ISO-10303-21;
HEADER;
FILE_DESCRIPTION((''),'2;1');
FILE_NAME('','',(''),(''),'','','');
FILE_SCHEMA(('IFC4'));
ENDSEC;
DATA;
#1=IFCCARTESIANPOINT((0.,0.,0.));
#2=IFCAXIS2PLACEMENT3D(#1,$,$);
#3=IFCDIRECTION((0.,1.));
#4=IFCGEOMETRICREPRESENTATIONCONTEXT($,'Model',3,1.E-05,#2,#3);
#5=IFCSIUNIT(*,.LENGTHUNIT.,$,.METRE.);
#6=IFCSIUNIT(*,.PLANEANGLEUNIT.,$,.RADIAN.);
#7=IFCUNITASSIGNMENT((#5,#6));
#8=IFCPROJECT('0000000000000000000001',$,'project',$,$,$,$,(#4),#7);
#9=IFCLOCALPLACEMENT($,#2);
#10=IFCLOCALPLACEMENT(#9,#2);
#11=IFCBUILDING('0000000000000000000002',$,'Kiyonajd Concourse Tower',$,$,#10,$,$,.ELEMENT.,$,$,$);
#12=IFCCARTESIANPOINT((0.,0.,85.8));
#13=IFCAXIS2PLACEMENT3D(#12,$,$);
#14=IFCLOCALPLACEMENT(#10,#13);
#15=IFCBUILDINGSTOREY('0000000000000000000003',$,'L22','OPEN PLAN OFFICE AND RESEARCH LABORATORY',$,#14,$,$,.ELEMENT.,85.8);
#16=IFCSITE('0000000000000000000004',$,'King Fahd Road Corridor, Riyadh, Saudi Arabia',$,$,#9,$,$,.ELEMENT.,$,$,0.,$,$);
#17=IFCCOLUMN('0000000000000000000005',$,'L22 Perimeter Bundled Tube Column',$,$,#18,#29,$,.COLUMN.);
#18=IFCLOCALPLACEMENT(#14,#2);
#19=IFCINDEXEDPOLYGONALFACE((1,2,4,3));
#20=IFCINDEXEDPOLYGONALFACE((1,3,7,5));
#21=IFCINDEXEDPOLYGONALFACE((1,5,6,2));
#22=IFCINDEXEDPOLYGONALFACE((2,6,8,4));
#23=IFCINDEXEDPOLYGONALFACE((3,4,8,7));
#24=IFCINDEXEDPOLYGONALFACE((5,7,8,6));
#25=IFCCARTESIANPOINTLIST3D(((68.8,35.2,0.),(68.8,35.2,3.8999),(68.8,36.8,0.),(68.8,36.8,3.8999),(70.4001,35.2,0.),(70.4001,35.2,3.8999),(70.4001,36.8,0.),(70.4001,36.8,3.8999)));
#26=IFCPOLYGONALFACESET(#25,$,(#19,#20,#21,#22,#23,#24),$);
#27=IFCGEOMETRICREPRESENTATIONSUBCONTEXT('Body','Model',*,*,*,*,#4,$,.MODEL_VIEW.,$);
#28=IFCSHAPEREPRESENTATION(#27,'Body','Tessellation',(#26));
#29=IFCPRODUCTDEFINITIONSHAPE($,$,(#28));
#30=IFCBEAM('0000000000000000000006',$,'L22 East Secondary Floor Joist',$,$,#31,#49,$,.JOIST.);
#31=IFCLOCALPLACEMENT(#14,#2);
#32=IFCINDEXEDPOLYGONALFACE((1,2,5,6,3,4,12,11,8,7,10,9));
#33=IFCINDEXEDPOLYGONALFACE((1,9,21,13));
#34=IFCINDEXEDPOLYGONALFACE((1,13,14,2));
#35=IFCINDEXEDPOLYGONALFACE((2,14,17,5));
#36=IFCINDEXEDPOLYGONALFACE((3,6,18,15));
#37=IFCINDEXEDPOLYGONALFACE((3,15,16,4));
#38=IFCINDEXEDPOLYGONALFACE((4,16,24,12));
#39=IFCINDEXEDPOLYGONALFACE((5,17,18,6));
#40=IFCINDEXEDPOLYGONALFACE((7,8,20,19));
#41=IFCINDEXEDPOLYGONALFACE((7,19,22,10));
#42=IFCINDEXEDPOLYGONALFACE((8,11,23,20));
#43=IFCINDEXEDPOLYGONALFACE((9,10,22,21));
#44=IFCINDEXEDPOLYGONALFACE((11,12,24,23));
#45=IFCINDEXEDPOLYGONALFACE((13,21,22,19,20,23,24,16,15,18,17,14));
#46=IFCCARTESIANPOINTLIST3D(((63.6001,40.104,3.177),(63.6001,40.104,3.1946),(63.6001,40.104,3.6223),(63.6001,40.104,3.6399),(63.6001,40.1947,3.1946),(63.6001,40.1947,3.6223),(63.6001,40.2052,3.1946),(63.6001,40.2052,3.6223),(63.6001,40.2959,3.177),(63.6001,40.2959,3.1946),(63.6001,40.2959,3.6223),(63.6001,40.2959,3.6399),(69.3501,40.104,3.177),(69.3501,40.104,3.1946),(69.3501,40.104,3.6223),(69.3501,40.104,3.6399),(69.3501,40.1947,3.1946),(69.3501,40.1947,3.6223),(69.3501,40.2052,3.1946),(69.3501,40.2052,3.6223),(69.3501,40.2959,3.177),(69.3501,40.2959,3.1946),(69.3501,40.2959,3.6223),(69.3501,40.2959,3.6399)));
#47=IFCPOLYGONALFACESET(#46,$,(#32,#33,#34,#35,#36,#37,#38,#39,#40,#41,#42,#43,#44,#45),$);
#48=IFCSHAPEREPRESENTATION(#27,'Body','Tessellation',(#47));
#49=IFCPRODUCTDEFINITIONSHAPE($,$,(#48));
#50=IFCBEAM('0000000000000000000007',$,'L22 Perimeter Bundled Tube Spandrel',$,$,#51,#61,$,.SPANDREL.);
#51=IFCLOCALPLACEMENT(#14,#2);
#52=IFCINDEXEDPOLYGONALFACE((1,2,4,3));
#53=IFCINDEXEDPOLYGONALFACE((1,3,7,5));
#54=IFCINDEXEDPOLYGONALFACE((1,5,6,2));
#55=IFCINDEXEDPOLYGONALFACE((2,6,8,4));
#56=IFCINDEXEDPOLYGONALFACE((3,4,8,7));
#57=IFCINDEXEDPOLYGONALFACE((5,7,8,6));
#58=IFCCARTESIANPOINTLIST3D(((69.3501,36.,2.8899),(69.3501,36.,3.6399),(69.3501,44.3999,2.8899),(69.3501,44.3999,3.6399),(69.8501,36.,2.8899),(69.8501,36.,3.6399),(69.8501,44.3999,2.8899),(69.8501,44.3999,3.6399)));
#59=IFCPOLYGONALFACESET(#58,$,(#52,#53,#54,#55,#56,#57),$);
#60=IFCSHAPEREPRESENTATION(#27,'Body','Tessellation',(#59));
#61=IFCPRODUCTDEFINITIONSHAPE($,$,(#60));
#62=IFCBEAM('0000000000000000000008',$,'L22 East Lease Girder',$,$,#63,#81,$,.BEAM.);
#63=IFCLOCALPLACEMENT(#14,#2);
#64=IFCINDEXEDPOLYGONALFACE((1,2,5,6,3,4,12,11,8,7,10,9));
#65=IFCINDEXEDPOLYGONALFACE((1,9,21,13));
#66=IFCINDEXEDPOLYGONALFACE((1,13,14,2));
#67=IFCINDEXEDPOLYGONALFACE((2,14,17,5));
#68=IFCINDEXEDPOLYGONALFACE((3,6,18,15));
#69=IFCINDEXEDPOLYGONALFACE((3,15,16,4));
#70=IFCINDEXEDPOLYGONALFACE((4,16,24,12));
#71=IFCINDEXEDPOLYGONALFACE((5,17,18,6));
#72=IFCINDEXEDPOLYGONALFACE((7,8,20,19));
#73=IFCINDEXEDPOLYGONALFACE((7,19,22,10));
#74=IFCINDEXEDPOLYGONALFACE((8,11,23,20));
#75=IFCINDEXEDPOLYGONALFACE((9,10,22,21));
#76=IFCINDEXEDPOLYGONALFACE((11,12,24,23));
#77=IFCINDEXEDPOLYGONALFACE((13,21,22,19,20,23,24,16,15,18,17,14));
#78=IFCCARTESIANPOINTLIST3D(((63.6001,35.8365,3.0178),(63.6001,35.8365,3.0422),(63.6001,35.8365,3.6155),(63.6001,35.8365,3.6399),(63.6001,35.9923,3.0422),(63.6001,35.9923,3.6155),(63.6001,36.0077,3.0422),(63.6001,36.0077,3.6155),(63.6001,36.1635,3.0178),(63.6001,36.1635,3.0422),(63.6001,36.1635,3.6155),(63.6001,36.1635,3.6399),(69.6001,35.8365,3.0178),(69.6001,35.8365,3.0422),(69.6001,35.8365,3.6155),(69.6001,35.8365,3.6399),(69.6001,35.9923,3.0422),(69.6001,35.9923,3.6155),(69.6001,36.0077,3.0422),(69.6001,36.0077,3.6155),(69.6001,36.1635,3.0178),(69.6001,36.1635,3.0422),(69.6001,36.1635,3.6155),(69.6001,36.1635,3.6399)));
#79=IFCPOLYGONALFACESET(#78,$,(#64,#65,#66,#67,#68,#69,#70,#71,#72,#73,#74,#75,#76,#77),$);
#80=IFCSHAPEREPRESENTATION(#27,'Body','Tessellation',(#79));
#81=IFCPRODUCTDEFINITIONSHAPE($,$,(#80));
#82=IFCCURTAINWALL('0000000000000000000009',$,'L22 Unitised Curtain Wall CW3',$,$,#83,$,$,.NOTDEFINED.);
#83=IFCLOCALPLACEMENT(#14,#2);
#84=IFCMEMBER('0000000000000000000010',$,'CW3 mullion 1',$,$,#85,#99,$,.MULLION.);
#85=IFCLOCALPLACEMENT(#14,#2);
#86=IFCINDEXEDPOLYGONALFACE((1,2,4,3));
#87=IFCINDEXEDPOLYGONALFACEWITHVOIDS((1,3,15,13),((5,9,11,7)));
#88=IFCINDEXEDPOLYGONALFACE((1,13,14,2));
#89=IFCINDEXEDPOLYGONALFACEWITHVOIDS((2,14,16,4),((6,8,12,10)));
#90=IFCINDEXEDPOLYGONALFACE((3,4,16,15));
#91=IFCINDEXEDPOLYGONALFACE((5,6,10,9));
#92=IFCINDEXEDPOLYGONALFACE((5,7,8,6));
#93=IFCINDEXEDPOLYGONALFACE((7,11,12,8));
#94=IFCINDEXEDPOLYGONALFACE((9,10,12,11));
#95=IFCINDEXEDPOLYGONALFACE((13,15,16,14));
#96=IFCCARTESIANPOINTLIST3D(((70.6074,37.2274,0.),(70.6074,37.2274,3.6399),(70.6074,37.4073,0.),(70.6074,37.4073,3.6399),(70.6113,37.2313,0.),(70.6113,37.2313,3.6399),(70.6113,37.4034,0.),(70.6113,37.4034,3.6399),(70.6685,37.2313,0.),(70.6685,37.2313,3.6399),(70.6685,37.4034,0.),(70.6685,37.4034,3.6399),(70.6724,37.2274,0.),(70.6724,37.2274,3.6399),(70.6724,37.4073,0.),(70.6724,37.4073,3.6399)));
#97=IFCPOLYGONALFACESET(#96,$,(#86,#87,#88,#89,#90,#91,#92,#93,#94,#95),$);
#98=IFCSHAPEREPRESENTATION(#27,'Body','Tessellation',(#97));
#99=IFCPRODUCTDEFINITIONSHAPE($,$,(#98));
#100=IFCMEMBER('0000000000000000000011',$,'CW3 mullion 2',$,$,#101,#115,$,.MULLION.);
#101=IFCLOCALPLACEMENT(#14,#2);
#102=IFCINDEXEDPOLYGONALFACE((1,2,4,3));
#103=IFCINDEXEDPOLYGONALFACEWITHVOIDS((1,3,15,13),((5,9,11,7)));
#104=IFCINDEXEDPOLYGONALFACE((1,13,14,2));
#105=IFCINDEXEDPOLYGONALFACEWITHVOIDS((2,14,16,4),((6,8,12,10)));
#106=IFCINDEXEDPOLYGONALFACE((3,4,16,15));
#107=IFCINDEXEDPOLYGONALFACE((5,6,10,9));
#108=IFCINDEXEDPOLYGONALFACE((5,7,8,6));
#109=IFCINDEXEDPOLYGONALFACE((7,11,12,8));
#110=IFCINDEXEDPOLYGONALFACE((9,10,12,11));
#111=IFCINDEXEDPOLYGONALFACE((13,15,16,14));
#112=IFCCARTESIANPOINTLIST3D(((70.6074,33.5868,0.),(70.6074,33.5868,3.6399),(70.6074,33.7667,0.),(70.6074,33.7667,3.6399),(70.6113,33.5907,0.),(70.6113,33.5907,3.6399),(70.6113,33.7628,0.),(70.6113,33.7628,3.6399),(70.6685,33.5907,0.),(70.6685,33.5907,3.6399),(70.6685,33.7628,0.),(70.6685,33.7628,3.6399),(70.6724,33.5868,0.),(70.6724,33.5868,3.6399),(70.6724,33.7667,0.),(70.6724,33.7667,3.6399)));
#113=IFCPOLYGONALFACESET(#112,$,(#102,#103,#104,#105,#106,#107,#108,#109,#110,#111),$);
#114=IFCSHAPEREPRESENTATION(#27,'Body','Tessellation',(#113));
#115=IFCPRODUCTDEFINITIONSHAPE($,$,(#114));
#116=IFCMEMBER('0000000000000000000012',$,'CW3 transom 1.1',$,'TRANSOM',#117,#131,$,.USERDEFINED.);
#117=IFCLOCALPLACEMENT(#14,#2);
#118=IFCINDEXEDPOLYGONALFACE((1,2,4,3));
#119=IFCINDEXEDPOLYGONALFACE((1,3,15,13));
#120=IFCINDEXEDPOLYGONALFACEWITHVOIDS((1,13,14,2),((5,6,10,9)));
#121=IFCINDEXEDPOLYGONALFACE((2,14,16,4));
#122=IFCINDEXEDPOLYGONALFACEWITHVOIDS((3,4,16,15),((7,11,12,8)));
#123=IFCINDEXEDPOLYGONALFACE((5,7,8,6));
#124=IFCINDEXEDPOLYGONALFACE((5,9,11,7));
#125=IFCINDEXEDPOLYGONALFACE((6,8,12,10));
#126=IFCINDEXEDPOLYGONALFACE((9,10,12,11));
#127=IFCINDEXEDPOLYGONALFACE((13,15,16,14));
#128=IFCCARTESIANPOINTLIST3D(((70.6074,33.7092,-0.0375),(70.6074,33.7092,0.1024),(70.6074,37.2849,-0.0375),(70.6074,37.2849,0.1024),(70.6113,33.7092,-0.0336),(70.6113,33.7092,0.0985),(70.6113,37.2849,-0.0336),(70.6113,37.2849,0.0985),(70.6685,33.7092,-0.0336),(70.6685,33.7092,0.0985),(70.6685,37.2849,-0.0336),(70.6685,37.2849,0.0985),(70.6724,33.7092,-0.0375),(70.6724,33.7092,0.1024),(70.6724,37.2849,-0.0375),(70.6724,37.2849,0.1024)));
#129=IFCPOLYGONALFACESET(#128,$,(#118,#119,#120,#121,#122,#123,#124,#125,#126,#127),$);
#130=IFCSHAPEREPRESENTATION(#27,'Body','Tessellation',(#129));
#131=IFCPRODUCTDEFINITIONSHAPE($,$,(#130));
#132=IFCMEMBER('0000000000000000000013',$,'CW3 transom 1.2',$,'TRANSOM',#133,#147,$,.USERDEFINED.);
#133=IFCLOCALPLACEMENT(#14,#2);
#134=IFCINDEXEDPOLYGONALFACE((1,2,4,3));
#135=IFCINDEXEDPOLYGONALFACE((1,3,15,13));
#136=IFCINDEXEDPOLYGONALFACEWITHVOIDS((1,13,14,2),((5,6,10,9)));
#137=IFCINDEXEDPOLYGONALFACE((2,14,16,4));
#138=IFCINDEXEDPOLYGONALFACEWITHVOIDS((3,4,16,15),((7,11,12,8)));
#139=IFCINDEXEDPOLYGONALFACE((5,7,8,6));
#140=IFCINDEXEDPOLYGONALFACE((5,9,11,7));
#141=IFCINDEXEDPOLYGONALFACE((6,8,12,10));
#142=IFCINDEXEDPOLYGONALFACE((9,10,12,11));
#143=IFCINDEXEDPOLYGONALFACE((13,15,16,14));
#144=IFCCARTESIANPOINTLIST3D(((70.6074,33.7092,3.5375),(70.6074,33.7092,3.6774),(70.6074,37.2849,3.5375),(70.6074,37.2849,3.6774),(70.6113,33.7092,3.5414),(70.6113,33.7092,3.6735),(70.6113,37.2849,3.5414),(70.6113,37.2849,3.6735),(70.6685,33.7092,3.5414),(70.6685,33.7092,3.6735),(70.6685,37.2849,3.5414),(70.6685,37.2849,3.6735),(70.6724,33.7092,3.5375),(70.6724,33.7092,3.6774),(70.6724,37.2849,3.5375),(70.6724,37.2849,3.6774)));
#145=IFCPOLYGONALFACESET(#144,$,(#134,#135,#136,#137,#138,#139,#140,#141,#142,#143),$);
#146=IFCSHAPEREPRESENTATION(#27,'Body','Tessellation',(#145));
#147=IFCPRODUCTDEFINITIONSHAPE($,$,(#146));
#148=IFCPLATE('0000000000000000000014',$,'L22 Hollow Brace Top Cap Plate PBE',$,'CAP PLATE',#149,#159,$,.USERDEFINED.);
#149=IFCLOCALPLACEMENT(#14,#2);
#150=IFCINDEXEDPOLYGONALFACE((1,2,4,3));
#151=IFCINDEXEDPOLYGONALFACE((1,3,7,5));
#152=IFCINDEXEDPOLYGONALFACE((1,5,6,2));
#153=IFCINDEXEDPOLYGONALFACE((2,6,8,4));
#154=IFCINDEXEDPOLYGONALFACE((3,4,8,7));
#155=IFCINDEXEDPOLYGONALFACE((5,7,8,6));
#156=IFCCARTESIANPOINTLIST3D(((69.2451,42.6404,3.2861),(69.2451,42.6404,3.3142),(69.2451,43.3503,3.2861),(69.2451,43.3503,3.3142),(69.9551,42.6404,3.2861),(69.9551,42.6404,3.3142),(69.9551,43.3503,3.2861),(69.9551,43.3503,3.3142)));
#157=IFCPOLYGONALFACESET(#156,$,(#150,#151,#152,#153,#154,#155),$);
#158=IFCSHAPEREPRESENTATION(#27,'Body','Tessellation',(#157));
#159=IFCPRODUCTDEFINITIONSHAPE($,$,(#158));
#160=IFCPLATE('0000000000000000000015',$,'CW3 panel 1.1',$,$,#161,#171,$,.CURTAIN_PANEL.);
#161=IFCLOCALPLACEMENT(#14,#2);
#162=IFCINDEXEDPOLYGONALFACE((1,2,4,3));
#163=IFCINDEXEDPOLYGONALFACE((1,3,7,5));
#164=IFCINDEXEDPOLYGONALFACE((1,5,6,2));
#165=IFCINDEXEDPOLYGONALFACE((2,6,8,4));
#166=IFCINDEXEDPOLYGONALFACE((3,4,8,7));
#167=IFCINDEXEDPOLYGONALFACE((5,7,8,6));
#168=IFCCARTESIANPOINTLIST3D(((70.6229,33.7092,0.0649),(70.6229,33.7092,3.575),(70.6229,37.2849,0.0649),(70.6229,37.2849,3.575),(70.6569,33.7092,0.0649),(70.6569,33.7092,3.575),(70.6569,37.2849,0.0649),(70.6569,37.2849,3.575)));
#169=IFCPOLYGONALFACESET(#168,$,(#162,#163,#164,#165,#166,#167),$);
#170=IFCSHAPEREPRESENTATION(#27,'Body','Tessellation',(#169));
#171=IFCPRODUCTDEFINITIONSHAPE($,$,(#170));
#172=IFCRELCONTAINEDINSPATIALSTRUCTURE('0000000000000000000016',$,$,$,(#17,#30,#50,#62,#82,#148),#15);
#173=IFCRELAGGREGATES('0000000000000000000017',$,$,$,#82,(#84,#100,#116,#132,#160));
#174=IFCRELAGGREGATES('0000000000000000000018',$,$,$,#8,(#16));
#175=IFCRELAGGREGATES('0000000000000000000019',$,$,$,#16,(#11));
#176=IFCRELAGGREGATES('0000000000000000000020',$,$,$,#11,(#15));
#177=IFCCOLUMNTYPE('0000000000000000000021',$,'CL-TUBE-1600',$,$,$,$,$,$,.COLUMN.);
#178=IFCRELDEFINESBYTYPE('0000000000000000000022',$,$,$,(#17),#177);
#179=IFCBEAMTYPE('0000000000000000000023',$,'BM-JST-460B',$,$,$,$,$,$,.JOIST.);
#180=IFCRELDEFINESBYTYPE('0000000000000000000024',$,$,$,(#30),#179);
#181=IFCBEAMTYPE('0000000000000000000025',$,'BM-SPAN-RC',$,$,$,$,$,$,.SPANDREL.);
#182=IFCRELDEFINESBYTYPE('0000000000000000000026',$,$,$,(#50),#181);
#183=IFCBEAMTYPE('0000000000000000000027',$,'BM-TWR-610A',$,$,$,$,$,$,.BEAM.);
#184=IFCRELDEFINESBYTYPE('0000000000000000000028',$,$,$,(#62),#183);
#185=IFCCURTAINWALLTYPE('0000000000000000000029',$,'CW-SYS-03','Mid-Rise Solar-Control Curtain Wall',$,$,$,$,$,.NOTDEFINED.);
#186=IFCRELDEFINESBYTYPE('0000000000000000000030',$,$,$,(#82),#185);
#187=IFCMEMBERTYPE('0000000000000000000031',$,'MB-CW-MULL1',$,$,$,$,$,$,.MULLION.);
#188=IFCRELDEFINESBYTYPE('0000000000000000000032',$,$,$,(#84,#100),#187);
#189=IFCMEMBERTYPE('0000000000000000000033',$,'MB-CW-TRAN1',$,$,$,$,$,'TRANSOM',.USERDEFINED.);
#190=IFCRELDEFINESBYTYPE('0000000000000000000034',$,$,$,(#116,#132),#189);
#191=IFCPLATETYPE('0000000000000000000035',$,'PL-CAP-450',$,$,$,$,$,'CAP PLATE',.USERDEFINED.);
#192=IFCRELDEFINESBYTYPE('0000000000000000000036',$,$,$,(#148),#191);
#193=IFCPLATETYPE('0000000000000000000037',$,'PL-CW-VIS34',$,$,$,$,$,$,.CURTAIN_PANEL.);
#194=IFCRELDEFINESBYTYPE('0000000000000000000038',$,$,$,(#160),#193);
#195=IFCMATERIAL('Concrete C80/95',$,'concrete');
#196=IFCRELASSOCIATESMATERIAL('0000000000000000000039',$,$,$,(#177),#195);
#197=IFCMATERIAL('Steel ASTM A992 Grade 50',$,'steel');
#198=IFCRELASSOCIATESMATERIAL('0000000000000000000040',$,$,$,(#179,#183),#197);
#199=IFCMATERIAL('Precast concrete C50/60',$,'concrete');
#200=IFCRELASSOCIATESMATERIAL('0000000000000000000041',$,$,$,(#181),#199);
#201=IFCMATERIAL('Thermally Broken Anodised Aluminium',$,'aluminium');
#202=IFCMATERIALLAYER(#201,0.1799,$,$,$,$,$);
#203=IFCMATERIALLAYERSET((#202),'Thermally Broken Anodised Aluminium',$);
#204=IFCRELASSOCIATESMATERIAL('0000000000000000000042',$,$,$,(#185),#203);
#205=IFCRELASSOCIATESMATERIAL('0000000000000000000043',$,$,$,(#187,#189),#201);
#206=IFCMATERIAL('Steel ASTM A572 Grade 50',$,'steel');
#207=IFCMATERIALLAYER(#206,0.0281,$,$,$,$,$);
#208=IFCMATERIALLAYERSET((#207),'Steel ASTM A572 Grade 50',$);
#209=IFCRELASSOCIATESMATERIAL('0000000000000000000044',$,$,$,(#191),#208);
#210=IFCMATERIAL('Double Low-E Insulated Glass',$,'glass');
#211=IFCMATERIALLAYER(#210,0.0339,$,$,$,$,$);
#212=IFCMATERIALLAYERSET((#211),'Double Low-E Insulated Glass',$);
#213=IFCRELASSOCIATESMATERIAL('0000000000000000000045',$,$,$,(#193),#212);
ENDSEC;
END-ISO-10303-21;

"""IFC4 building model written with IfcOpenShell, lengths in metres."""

from ifc_helpers import new_model, si_unit, direction, frame, origin, origin_2d, place, context, subcontext, project, spatial, rectangle, hollow_rectangle, i_section, extrude, material, layer, layer_set, material_profile, profile_set, type_object, element, aggregate, save


model = new_model("IFC4")

# Units and contexts
model_context = context("Model", 3, precision=1e-05, world=origin(), true_north=direction((0.0, 1.0)))
body_context = subcontext(model_context, "Body", "Model", "MODEL_VIEW")
ifc_project = project(units=[si_unit("LENGTHUNIT", "METRE"), si_unit("PLANEANGLEUNIT", "RADIAN")], contexts=[model_context])

# Site, building, storey
site_placement = place(None, origin())
site = spatial("IfcSite", under=ifc_project, at=site_placement, Name="King Fahd Road Corridor, Riyadh, Saudi Arabia", CompositionType="ELEMENT", RefElevation=0.0)
building_placement = place(site_placement, origin())
building = spatial("IfcBuilding", under=site, at=building_placement, Name="Kiyonajd Concourse Tower", CompositionType="ELEMENT")
storey_placement = place(building_placement, frame((0.0, 0.0, 85.8)))
storey = spatial("IfcBuildingStorey", under=building, at=storey_placement, Name="L22", Description="OPEN PLAN OFFICE AND RESEARCH LABORATORY", CompositionType="ELEMENT", Elevation=85.8)

# Column
ifc_material_1 = material(Name="Concrete C80/95", Category="concrete")
ifc_material_profile_1 = material_profile(ifc_material_1, rectangle(XDim=1.6001, YDim=1.6001, at=origin_2d()), Name="RC-1600x1600")
ifc_profile_set_1 = profile_set([ifc_material_profile_1], Name="Concrete C80/95")
column_type = type_object("IfcColumnType", Name="CL-TUBE-1600", PredefinedType="COLUMN", material=ifc_profile_set_1)
column_placement = place(storey_placement, frame((69.6001, 36.0, 0.0), z_axis=(0.0, 0.0, 1.0), x_axis=(1.0, 0.0, 0.0)))
element("IfcColumn", 1, at=column_placement, inside=storey, type_object=column_type, Name="L22 Perimeter Bundled Tube Column", PredefinedType="COLUMN", context=body_context, shape_type="SweptSolid", body=[
    extrude(rectangle(XDim=1.6001, YDim=1.6001, at=origin_2d()), origin(), (0.0, 0.0, 1.0), 3.8999),
])

# Beams
ifc_material_2 = material(Name="Steel ASTM A992 Grade 50", Category="steel")
ifc_material_profile_2 = material_profile(ifc_material_2, i_section(OverallWidth=0.1919, OverallDepth=0.4629, WebThickness=0.0105, FlangeThickness=0.0176, at=origin_2d()), Name="W460X89")
ifc_profile_set_2 = profile_set([ifc_material_profile_2], Name="Steel ASTM A992 Grade 50")
beam_type_1 = type_object("IfcBeamType", Name="BM-JST-460B", PredefinedType="JOIST", material=ifc_profile_set_2)
beam_1_placement = place(storey_placement, frame((63.6001, 40.2, 3.4084), z_axis=(1.0, 0.0, 0.0), x_axis=(0.0, 1.0, 0.0)))
element("IfcBeam", 2, at=beam_1_placement, inside=storey, type_object=beam_type_1, Name="L22 East Secondary Floor Joist", PredefinedType="JOIST", context=body_context, shape_type="SweptSolid", body=[
    extrude(i_section(OverallWidth=0.1919, OverallDepth=0.4629, WebThickness=0.0105, FlangeThickness=0.0176, at=origin_2d()), origin(), (0.0, 0.0, 1.0), 5.75),
])
ifc_material_3 = material(Name="Precast concrete C50/60", Category="concrete")
ifc_material_profile_3 = material_profile(ifc_material_3, rectangle(XDim=0.5, YDim=0.75, at=origin_2d()), Name="RCBM-500x750")
ifc_profile_set_3 = profile_set([ifc_material_profile_3], Name="Precast concrete C50/60")
beam_type_2 = type_object("IfcBeamType", Name="BM-SPAN-RC", PredefinedType="SPANDREL", material=ifc_profile_set_3)
beam_2_placement = place(storey_placement, frame((69.6001, 36.0, 3.2649), z_axis=(0.0, 1.0, 0.0), x_axis=(-1.0, 0.0, 0.0)))
element("IfcBeam", 3, at=beam_2_placement, inside=storey, type_object=beam_type_2, Name="L22 Perimeter Bundled Tube Spandrel", PredefinedType="SPANDREL", context=body_context, shape_type="SweptSolid", body=[
    extrude(rectangle(XDim=0.5, YDim=0.75, at=origin_2d()), origin(), (0.0, 0.0, 1.0), 8.3999),
])
ifc_material_profile_4 = material_profile(ifc_material_2, i_section(OverallWidth=0.3269, OverallDepth=0.6221, WebThickness=0.0154, FlangeThickness=0.0244, at=origin_2d()), Name="W610X195")
ifc_profile_set_4 = profile_set([ifc_material_profile_4], Name="Steel ASTM A992 Grade 50")
beam_type_3 = type_object("IfcBeamType", Name="BM-TWR-610A", PredefinedType="BEAM", material=ifc_profile_set_4)
beam_3_placement = place(storey_placement, frame((63.6001, 36.0, 3.3289), z_axis=(1.0, 0.0, 0.0), x_axis=(0.0, 1.0, 0.0)))
element("IfcBeam", 4, at=beam_3_placement, inside=storey, type_object=beam_type_3, Name="L22 East Lease Girder", PredefinedType="BEAM", context=body_context, shape_type="SweptSolid", body=[
    extrude(i_section(OverallWidth=0.3269, OverallDepth=0.6221, WebThickness=0.0154, FlangeThickness=0.0244, at=origin_2d()), origin(), (0.0, 0.0, 1.0), 6.0),
])

# Curtain wall, members
ifc_material_4 = material(Name="Thermally Broken Anodised Aluminium", Category="aluminium")
ifc_layer_1 = layer(ifc_material_4, 0.1799)
ifc_layer_set_1 = layer_set([ifc_layer_1], Name="Thermally Broken Anodised Aluminium")
curtain_wall_type = type_object("IfcCurtainWallType", Name="CW-SYS-03", Description="Mid-Rise Solar-Control Curtain Wall", PredefinedType="NOTDEFINED", material=ifc_layer_set_1)
curtain_wall_placement = place(storey_placement, origin())
curtain_wall = element("IfcCurtainWall", 5, at=curtain_wall_placement, inside=storey, type_object=curtain_wall_type, Name="L22 Unitised Curtain Wall CW3", PredefinedType="NOTDEFINED")
ifc_material_profile_5 = material_profile(ifc_material_4, hollow_rectangle(XDim=0.0649, YDim=0.1799, WallThickness=0.0039, at=origin_2d()), Name="MULL-65x180")
ifc_profile_set_5 = profile_set([ifc_material_profile_5], Name="Thermally Broken Anodised Aluminium")
member_type_1 = type_object("IfcMemberType", Name="MB-CW-MULL1", PredefinedType="MULLION", material=ifc_profile_set_5)
member_1_placement = place(storey_placement, frame((70.6399, 37.3174, 0.0), z_axis=(0.0, 0.0, 1.0), x_axis=(1.0, 0.0, 0.0)))
member_1 = element("IfcMember", 6, at=member_1_placement, type_object=member_type_1, Name="CW3 mullion 1", PredefinedType="MULLION", context=body_context, shape_type="SweptSolid", body=[
    extrude(hollow_rectangle(XDim=0.0649, YDim=0.1799, WallThickness=0.0039, at=origin_2d()), origin(), (0.0, 0.0, 1.0), 3.6399),
])
member_2_placement = place(storey_placement, frame((70.6399, 33.6768, 0.0), z_axis=(0.0, 0.0, 1.0), x_axis=(1.0, 0.0, 0.0)))
member_2 = element("IfcMember", 7, at=member_2_placement, type_object=member_type_1, Name="CW3 mullion 2", PredefinedType="MULLION", context=body_context, shape_type="SweptSolid", body=[
    extrude(hollow_rectangle(XDim=0.0649, YDim=0.1799, WallThickness=0.0039, at=origin_2d()), origin(), (0.0, 0.0, 1.0), 3.6399),
])
ifc_material_profile_6 = material_profile(ifc_material_4, hollow_rectangle(XDim=0.0649, YDim=0.1399, WallThickness=0.0039, at=origin_2d()), Name="TRAN-65x140")
ifc_profile_set_6 = profile_set([ifc_material_profile_6], Name="Thermally Broken Anodised Aluminium")
member_type_2 = type_object("IfcMemberType", Name="MB-CW-TRAN1", ElementType="TRANSOM", PredefinedType="USERDEFINED", material=ifc_profile_set_6)
member_3_placement = place(storey_placement, frame((70.6399, 37.2849, 0.0325), z_axis=(0.0, -1.0, 0.0), x_axis=(1.0, 0.0, 0.0)))
member_3 = element("IfcMember", 8, at=member_3_placement, type_object=member_type_2, Name="CW3 transom 1.1", ObjectType="TRANSOM", PredefinedType="USERDEFINED", context=body_context, shape_type="SweptSolid", body=[
    extrude(hollow_rectangle(XDim=0.0649, YDim=0.1399, WallThickness=0.0039, at=origin_2d()), origin(), (0.0, 0.0, 1.0), 3.5757),
])
member_4_placement = place(storey_placement, frame((70.6399, 37.2849, 3.6074), z_axis=(0.0, -1.0, 0.0), x_axis=(1.0, 0.0, 0.0)))
member_4 = element("IfcMember", 9, at=member_4_placement, type_object=member_type_2, Name="CW3 transom 1.2", ObjectType="TRANSOM", PredefinedType="USERDEFINED", context=body_context, shape_type="SweptSolid", body=[
    extrude(hollow_rectangle(XDim=0.0649, YDim=0.1399, WallThickness=0.0039, at=origin_2d()), origin(), (0.0, 0.0, 1.0), 3.5757),
])

# Plates
ifc_material_5 = material(Name="Steel ASTM A572 Grade 50", Category="steel")
ifc_layer_2 = layer(ifc_material_5, 0.0281)
ifc_layer_set_2 = layer_set([ifc_layer_2], Name="Steel ASTM A572 Grade 50")
plate_type_1 = type_object("IfcPlateType", Name="PL-CAP-450", ElementType="CAP PLATE", PredefinedType="USERDEFINED", material=ifc_layer_set_2)
plate_1_placement = place(storey_placement, frame((69.6001, 42.9954, 3.2861), z_axis=(0.0, 0.0, 1.0), x_axis=(1.0, 0.0, 0.0)))
element("IfcPlate", 10, at=plate_1_placement, inside=storey, type_object=plate_type_1, Name="L22 Hollow Brace Top Cap Plate PBE", ObjectType="CAP PLATE", PredefinedType="USERDEFINED", context=body_context, shape_type="SweptSolid", body=[
    extrude(rectangle(XDim=0.71, YDim=0.71, at=origin_2d()), origin(), (0.0, 0.0, 1.0), 0.0281),
])
ifc_material_6 = material(Name="Double Low-E Insulated Glass", Category="glass")
ifc_layer_3 = layer(ifc_material_6, 0.0339)
ifc_layer_set_3 = layer_set([ifc_layer_3], Name="Double Low-E Insulated Glass")
plate_type_2 = type_object("IfcPlateType", Name="PL-CW-VIS34", PredefinedType="CURTAIN_PANEL", material=ifc_layer_set_3)
plate_2_placement = place(storey_placement, frame((70.6399, 35.4971, 0.0649), z_axis=(0.0, 0.0, 1.0), x_axis=(0.0, -1.0, 0.0)))
plate_2 = element("IfcPlate", 11, at=plate_2_placement, type_object=plate_type_2, Name="CW3 panel 1.1", PredefinedType="CURTAIN_PANEL", context=body_context, shape_type="SweptSolid", body=[
    extrude(rectangle(XDim=3.5757, YDim=0.0339, at=origin_2d()), origin(), (0.0, 0.0, 1.0), 3.51),
])
aggregate(curtain_wall, [member_1, member_2, member_3, member_4, plate_2])

save(model, "model.ifc")
